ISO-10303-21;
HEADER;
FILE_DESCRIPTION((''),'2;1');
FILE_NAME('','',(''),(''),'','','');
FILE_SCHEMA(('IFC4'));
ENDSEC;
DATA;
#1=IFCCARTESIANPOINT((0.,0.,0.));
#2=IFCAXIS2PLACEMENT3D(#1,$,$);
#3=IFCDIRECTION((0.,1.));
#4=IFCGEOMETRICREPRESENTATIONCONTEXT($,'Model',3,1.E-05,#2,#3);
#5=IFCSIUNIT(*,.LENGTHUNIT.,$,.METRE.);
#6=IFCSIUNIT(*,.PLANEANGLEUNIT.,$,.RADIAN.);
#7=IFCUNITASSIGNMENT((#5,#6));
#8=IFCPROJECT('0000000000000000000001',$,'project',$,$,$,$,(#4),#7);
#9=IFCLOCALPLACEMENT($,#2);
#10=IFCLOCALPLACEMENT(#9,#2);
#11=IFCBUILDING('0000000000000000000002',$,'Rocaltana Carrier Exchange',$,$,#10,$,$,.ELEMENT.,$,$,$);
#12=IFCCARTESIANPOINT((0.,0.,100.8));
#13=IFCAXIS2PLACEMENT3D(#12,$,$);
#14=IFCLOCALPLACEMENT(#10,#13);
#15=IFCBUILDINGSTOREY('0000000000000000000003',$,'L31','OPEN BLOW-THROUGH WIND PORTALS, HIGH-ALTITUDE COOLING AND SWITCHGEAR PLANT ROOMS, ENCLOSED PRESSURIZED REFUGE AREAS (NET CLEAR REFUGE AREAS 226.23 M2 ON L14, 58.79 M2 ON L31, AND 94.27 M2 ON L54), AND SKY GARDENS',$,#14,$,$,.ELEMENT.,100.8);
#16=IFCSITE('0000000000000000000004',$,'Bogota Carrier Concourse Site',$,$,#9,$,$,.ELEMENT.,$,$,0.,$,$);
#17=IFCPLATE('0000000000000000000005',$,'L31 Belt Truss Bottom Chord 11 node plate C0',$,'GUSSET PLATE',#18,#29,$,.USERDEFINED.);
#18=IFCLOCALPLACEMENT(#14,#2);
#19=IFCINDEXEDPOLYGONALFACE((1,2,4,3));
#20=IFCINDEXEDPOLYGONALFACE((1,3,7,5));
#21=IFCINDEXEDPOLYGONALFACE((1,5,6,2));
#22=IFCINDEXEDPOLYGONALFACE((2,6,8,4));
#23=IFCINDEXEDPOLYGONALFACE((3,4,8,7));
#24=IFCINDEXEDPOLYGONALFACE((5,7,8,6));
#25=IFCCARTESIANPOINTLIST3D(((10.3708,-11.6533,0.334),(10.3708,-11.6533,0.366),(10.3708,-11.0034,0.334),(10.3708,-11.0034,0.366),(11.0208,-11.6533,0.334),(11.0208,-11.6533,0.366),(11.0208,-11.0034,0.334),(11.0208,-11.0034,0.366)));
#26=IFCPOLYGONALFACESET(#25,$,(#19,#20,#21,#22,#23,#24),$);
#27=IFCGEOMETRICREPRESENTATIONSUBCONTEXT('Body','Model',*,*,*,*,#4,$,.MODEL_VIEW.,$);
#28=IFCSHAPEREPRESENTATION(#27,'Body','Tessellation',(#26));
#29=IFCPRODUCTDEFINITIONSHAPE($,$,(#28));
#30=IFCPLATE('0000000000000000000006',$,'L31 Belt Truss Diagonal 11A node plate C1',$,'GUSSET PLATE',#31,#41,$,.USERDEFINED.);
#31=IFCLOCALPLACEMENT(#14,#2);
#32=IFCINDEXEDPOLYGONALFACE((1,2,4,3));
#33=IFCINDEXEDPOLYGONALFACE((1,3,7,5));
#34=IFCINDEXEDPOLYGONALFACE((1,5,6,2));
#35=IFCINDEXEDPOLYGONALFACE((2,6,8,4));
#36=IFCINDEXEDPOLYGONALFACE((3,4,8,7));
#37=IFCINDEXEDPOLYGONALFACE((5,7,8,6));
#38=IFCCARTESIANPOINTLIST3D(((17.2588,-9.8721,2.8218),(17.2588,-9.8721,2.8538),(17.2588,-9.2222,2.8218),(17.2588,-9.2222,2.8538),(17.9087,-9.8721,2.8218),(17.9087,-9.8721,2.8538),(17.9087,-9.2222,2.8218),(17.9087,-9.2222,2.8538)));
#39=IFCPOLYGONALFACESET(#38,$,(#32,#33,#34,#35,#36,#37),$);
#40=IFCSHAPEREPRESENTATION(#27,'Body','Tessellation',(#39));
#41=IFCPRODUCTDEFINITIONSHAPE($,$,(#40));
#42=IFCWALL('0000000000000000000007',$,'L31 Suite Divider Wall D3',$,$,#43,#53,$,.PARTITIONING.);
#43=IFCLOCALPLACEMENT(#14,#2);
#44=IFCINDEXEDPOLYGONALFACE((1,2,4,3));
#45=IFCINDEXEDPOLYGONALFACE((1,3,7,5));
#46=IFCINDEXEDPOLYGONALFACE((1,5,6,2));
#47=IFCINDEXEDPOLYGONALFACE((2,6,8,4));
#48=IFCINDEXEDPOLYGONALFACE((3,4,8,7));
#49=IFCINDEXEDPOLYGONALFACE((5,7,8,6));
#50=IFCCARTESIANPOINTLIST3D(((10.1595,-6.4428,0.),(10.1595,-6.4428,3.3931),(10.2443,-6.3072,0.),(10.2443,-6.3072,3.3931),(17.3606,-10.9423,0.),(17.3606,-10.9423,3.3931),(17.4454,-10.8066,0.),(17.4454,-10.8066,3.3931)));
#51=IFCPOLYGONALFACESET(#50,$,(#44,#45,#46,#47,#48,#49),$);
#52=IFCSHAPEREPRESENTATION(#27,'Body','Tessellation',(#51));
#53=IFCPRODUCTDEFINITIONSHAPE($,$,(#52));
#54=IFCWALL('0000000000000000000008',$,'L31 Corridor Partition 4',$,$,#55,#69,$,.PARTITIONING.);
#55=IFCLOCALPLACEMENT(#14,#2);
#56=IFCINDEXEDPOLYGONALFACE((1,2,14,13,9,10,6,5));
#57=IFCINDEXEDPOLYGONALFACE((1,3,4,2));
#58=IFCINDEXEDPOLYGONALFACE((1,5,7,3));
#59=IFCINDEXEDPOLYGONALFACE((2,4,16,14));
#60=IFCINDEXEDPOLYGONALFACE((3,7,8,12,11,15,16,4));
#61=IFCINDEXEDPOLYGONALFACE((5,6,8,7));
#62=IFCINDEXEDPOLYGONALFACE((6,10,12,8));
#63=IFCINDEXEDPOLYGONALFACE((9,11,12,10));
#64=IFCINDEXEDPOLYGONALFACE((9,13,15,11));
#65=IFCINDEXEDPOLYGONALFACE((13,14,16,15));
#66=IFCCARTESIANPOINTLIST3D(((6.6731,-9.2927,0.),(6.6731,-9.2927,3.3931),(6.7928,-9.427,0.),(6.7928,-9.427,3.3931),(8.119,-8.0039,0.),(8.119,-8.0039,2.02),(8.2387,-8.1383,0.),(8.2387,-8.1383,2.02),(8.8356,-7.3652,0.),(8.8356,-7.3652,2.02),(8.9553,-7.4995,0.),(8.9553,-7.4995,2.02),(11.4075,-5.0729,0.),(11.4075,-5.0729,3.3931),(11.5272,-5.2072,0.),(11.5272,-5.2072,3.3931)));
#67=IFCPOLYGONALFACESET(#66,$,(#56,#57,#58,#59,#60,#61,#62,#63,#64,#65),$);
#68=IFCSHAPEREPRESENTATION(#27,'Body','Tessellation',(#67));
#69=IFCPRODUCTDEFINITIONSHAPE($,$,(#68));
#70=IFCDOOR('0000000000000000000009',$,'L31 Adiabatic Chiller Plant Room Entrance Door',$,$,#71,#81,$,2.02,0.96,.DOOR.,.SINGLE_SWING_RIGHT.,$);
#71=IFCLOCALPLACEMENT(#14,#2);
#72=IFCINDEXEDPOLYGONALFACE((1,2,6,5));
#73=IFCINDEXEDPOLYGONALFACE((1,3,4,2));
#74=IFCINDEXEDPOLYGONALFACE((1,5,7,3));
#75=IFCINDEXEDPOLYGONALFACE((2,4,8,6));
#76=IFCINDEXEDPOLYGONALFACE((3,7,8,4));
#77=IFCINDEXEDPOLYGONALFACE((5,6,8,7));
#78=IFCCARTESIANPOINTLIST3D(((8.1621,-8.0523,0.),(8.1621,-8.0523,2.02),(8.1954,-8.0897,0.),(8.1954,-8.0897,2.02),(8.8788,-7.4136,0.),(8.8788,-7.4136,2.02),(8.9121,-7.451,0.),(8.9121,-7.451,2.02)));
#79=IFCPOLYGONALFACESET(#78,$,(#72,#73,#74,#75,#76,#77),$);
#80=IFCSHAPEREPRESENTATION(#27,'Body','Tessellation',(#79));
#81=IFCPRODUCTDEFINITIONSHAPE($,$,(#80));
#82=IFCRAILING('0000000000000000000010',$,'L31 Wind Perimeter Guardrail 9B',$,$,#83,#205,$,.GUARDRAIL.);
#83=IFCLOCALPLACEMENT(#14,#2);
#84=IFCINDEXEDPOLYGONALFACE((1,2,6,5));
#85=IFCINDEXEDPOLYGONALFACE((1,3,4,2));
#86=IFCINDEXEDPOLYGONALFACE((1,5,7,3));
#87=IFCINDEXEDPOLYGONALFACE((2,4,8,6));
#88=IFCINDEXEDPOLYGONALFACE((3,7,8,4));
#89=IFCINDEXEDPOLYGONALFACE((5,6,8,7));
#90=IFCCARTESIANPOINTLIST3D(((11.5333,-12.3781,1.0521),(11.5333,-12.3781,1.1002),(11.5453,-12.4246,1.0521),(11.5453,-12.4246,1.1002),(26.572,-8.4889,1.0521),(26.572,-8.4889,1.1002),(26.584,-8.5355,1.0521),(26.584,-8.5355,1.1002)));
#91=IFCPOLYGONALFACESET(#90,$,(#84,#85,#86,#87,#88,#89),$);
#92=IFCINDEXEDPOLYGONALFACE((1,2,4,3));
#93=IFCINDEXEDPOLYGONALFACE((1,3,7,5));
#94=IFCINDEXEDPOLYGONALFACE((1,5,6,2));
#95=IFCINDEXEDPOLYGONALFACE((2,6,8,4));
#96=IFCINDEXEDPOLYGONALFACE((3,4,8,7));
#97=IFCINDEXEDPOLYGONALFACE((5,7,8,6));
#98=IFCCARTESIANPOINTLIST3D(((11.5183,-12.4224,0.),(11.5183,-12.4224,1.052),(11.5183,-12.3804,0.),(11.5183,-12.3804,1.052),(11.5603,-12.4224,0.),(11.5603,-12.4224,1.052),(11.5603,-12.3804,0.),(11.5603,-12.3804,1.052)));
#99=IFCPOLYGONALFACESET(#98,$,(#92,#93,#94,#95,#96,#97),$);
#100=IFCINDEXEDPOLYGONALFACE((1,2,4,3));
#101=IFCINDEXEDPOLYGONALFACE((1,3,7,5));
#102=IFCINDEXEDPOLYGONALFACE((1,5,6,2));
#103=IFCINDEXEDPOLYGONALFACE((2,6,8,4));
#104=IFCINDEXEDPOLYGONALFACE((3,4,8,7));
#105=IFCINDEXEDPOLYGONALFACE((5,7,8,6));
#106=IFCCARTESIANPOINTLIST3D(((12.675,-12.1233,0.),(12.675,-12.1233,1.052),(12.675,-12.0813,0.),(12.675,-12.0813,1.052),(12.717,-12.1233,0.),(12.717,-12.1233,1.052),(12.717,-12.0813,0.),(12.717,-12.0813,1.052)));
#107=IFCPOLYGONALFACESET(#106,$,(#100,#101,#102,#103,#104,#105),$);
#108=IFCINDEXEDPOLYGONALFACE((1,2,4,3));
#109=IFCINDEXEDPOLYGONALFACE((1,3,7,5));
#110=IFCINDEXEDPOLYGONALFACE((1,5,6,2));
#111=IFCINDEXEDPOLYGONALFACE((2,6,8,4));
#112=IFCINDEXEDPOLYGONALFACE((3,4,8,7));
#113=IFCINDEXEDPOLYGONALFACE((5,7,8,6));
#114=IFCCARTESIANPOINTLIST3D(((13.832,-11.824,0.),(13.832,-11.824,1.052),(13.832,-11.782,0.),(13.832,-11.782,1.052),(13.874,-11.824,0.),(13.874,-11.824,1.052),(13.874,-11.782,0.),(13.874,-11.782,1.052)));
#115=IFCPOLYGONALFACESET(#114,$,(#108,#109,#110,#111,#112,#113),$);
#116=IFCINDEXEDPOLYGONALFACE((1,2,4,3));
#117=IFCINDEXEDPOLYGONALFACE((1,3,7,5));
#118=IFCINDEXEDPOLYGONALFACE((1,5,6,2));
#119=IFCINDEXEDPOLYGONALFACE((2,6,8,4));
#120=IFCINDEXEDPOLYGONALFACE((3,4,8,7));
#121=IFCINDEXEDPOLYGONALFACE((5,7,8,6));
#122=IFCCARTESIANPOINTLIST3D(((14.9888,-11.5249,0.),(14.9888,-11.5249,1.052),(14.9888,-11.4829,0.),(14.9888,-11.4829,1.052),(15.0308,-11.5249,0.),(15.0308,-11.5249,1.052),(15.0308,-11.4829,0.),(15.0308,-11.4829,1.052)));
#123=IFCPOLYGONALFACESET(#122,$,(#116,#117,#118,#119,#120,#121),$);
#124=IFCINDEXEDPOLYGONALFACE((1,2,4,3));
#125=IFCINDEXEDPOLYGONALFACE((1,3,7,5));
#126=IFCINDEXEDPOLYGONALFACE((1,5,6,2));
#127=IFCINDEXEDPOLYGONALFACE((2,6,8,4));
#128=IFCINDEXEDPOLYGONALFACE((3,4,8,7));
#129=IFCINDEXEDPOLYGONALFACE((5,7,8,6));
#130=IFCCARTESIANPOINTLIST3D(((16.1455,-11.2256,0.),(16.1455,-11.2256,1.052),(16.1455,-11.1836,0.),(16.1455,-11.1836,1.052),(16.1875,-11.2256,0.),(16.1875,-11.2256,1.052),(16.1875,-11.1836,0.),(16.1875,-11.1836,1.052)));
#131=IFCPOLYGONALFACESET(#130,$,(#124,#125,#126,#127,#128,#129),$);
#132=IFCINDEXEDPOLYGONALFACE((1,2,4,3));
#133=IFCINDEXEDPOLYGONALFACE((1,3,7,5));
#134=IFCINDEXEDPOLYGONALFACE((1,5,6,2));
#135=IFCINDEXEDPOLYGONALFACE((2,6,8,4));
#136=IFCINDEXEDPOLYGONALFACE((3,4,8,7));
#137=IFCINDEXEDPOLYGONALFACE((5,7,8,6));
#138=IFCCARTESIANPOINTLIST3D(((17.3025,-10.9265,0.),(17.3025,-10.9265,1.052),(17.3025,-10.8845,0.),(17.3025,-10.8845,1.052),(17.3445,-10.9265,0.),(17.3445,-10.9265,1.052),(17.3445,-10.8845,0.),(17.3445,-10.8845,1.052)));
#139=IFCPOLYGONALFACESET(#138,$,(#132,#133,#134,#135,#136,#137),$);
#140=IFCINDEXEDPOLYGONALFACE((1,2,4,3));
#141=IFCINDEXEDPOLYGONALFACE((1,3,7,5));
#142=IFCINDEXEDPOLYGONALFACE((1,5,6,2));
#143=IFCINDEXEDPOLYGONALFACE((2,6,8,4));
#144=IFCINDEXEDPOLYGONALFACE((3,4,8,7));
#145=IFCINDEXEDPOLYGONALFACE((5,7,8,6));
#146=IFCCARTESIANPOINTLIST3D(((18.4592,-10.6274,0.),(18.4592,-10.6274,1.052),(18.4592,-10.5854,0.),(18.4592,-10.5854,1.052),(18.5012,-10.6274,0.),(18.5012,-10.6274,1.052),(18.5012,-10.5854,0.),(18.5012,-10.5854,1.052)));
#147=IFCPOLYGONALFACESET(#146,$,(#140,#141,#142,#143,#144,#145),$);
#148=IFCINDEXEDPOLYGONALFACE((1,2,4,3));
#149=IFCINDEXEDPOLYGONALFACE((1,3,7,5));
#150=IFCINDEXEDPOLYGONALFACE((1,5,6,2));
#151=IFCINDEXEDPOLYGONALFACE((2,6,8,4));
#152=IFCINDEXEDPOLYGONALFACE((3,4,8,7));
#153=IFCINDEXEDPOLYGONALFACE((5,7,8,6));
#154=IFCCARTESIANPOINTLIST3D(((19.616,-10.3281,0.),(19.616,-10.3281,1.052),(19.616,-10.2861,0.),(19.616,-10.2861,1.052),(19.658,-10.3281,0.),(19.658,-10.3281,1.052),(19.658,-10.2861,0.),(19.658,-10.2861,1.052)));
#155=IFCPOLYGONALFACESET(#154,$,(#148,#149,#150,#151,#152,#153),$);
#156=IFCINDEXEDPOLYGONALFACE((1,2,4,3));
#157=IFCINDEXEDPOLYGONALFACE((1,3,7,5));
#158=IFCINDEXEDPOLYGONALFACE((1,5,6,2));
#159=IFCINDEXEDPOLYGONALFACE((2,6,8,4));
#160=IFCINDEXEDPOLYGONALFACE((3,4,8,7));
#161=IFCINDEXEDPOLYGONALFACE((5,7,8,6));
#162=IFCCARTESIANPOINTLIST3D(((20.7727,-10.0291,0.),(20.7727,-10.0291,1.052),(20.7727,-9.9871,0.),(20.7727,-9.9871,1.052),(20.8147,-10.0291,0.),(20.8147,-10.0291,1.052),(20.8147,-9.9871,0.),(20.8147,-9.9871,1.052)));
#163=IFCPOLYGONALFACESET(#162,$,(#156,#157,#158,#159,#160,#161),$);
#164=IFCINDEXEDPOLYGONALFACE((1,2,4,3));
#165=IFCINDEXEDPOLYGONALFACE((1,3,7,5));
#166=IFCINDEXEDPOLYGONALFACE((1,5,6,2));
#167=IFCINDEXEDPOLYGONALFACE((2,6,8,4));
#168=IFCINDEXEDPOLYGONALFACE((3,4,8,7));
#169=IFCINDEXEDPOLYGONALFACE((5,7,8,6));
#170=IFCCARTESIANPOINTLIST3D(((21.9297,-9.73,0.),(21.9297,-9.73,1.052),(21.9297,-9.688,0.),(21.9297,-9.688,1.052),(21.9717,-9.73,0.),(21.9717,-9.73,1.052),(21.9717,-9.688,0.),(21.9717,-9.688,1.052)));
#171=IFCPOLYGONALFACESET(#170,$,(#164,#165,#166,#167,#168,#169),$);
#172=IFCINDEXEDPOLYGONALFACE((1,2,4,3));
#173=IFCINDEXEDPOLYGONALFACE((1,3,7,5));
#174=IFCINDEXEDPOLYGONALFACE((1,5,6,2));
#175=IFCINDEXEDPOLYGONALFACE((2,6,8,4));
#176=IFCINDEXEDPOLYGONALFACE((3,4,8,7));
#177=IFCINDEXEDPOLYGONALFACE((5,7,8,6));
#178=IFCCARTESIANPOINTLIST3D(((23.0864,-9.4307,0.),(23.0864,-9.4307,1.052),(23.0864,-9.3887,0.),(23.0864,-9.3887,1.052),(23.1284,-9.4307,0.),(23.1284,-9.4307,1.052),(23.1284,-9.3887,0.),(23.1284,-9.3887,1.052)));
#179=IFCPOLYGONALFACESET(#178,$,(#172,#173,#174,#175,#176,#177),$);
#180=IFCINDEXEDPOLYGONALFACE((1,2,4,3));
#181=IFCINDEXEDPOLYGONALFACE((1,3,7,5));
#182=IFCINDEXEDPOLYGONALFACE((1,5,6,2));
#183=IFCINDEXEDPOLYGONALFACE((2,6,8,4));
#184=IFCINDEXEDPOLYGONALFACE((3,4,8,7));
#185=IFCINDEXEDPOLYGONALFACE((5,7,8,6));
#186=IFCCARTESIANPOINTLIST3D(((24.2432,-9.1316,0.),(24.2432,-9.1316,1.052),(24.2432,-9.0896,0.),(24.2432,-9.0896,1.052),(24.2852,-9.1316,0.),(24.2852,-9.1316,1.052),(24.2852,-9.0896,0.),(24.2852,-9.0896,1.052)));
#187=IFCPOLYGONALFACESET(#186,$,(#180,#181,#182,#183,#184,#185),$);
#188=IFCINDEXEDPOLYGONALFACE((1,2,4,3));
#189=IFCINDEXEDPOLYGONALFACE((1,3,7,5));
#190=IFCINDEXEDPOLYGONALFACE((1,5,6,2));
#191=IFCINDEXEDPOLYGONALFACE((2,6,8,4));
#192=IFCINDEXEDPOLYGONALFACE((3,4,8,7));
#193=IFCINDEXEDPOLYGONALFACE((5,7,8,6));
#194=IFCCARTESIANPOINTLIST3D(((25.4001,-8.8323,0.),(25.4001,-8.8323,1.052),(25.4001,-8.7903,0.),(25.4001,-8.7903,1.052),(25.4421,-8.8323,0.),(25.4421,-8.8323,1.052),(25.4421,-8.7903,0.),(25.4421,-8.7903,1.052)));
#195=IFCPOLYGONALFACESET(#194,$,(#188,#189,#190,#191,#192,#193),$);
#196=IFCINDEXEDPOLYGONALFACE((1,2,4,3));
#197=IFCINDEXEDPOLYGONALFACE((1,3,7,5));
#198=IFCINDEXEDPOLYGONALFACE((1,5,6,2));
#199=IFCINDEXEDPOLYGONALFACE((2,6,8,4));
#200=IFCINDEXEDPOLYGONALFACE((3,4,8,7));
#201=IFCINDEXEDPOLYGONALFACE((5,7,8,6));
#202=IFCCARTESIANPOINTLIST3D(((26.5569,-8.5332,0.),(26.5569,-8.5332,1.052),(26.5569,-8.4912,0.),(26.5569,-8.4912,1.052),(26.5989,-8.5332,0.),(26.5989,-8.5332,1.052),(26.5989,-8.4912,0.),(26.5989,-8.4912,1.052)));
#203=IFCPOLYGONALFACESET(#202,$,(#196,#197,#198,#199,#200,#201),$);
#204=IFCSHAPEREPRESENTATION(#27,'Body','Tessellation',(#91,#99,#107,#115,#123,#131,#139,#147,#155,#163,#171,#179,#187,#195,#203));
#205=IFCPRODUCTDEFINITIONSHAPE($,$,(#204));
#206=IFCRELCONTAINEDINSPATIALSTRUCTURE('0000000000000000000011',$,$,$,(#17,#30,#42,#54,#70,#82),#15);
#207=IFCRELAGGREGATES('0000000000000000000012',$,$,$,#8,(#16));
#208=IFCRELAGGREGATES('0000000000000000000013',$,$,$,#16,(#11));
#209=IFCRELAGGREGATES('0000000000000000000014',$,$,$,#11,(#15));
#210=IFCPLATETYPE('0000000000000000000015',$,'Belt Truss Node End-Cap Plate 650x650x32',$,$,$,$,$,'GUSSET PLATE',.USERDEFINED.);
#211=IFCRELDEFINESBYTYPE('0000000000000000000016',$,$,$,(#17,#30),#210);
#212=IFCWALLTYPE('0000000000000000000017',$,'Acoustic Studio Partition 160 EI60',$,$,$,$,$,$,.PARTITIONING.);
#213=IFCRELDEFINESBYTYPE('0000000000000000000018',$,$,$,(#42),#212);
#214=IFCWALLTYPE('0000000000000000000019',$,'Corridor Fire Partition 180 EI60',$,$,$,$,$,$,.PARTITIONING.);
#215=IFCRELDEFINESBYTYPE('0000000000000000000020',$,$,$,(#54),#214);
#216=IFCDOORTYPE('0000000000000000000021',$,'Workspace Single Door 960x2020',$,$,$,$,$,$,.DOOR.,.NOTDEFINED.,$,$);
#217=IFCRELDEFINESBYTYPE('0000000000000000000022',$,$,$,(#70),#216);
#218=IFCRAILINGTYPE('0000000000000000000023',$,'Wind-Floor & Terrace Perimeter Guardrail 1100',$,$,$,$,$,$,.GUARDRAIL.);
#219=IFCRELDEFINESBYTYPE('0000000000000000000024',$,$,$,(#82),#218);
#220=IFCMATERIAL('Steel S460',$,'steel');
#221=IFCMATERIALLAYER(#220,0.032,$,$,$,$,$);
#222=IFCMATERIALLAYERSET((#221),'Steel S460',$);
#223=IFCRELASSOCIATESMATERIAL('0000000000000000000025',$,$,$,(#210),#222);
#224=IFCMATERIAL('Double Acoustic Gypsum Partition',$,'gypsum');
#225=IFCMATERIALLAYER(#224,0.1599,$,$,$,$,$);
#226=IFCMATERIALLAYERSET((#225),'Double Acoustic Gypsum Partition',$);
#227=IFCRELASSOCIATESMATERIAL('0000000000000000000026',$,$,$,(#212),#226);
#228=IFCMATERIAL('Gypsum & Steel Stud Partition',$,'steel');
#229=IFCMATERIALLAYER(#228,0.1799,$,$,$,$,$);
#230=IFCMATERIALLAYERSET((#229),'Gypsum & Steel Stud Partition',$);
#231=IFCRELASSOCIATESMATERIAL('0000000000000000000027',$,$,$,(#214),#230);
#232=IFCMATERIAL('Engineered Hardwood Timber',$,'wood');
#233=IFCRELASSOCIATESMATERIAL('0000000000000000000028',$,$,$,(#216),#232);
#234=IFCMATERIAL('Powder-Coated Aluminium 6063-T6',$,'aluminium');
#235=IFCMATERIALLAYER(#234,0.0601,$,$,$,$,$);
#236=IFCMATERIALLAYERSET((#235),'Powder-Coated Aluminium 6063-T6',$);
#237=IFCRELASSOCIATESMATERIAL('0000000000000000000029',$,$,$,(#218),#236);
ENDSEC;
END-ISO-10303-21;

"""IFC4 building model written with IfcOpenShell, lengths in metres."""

from ifc_helpers import new_model, si_unit, direction, frame, frame_2d, origin, origin_2d, place, context, subcontext, project, spatial, rectangle, extrude, material, layer, layer_set, type_object, element, fill, save


model = new_model("IFC4")

# Units and contexts
model_context = context("Model", 3, precision=1e-05, world=origin(), true_north=direction((0.0, 1.0)))
body_context = subcontext(model_context, "Body", "Model", "MODEL_VIEW")
ifc_project = project(units=[si_unit("LENGTHUNIT", "METRE"), si_unit("PLANEANGLEUNIT", "RADIAN")], contexts=[model_context])

# Site, building, storey
site_placement = place(None, origin())
site = spatial("IfcSite", under=ifc_project, at=site_placement, Name="Bogota Carrier Concourse Site", CompositionType="ELEMENT", RefElevation=0.0)
building_placement = place(site_placement, origin())
building = spatial("IfcBuilding", under=site, at=building_placement, Name="Rocaltana Carrier Exchange", CompositionType="ELEMENT")
storey_placement = place(building_placement, frame((0.0, 0.0, 100.8)))
storey = spatial("IfcBuildingStorey", under=building, at=storey_placement, Name="L31", Description="OPEN BLOW-THROUGH WIND PORTALS, HIGH-ALTITUDE COOLING AND SWITCHGEAR PLANT ROOMS, ENCLOSED PRESSURIZED REFUGE AREAS (NET CLEAR REFUGE AREAS 226.23 M2 ON L14, 58.79 M2 ON L31, AND 94.27 M2 ON L54), AND SKY GARDENS", CompositionType="ELEMENT", Elevation=100.8)

# Plates
ifc_material_1 = material(Name="Steel S460", Category="steel")
ifc_layer_1 = layer(ifc_material_1, 0.032)
ifc_layer_set_1 = layer_set([ifc_layer_1], Name="Steel S460")
plate_type = type_object("IfcPlateType", Name="Belt Truss Node End-Cap Plate 650x650x32", ElementType="GUSSET PLATE", PredefinedType="USERDEFINED", material=ifc_layer_set_1)
for number, where, z_axis, x_axis, name in (
    (1, (10.6958, -11.3284, 0.334), (0.0, 0.0, 1.0), (1.0, 0.0, 0.0), "L31 Belt Truss Bottom Chord 11 node plate C0"),
    (2, (17.5837, -9.5471, 2.8218), (0.0, 0.0, 1.0), (1.0, 0.0, 0.0), "L31 Belt Truss Diagonal 11A node plate C1"),
):
    element("IfcPlate", number, at=place(storey_placement, frame(where, z_axis=z_axis, x_axis=x_axis)), inside=storey, type_object=plate_type, Name=name, ObjectType="GUSSET PLATE", PredefinedType="USERDEFINED", context=body_context, shape_type="SweptSolid", body=[
        extrude(rectangle(XDim=0.6499, YDim=0.6499, at=origin_2d()), origin(), (0.0, 0.0, 1.0), 0.032),
    ])

# Wall
ifc_material_2 = material(Name="Double Acoustic Gypsum Partition", Category="gypsum")
ifc_layer_2 = layer(ifc_material_2, 0.1599)
ifc_layer_set_2 = layer_set([ifc_layer_2], Name="Double Acoustic Gypsum Partition")
wall_type_1 = type_object("IfcWallType", Name="Acoustic Studio Partition 160 EI60", PredefinedType="PARTITIONING", material=ifc_layer_set_2)
wall_1_placement = place(storey_placement, frame((10.2019, -6.375, 0.0), z_axis=(0.0, 0.0, 1.0), x_axis=(0.848063, -0.529896, 0.0)))
element("IfcWall", 3, at=wall_1_placement, inside=storey, type_object=wall_type_1, Name="L31 Suite Divider Wall D3", PredefinedType="PARTITIONING", context=body_context, shape_type="SweptSolid", body=[
    extrude(rectangle(XDim=8.4912, YDim=0.1599, at=frame_2d((4.2456, 0.0))), origin(), (0.0, 0.0, 1.0), 3.3931),
])

# Wall, opening, door
ifc_material_3 = material(Name="Gypsum & Steel Stud Partition", Category="steel")
ifc_layer_3 = layer(ifc_material_3, 0.1799)
ifc_layer_set_3 = layer_set([ifc_layer_3], Name="Gypsum & Steel Stud Partition")
wall_type_2 = type_object("IfcWallType", Name="Corridor Fire Partition 180 EI60", PredefinedType="PARTITIONING", material=ifc_layer_set_3)
wall_2_placement = place(storey_placement, frame((11.4673, -5.1401, 0.0), z_axis=(0.0, 0.0, 1.0), x_axis=(-0.746517, -0.665367, 0.0)))
wall_2 = element("IfcWall", 4, at=wall_2_placement, inside=storey, type_object=wall_type_2, Name="L31 Corridor Partition 4", PredefinedType="PARTITIONING", context=body_context, shape_type="SweptSolid", body=[
    extrude(rectangle(XDim=6.342, YDim=0.1799, at=frame_2d((3.1709, 0.0))), origin(), (0.0, 0.0, 1.0), 3.3931),
])
opening_placement = place(wall_2_placement, frame((3.4451, 0.0, 0.0)))
opening = element("IfcOpeningElement", 5, at=opening_placement, cuts=wall_2, PredefinedType="OPENING", context=body_context, shape_type="SweptSolid", body=[
    extrude(rectangle(XDim=0.96, YDim=2.02, at=frame_2d((0.48, 1.01))), frame((0.0, 0.0999, 0.0), z_axis=(0.0, -1.0, 0.0), x_axis=(1.0, 0.0, 0.0)), (0.0, 0.0, 1.0), 0.2),
])
ifc_material_4 = material(Name="Engineered Hardwood Timber", Category="wood")
door_type = type_object("IfcDoorType", Name="Workspace Single Door 960x2020", OperationType="NOTDEFINED", PredefinedType="DOOR", material=ifc_material_4)
door_placement = place(opening_placement, origin())
door = element("IfcDoor", 6, at=door_placement, inside=storey, type_object=door_type, Name="L31 Adiabatic Chiller Plant Room Entrance Door", OperationType="SINGLE_SWING_RIGHT", OverallHeight=2.02, OverallWidth=0.96, PredefinedType="DOOR", context=body_context, shape_type="SweptSolid", body=[
    extrude(rectangle(XDim=0.96, YDim=2.02, at=frame_2d((0.48, 1.01))), frame((0.0, 0.0249, 0.0), z_axis=(0.0, -1.0, 0.0), x_axis=(1.0, 0.0, 0.0)), (0.0, 0.0, 1.0), 0.05),
])
fill(opening, door)

# Railing
ifc_material_5 = material(Name="Powder-Coated Aluminium 6063-T6", Category="aluminium")
ifc_layer_4 = layer(ifc_material_5, 0.0601)
ifc_layer_set_4 = layer_set([ifc_layer_4], Name="Powder-Coated Aluminium 6063-T6")
railing_type = type_object("IfcRailingType", Name="Wind-Floor & Terrace Perimeter Guardrail 1100", PredefinedType="GUARDRAIL", material=ifc_layer_set_4)
railing_placement = place(storey_placement, frame((11.5393, -12.4014, 0.0)))
element("IfcRailing", 7, at=railing_placement, inside=storey, type_object=railing_type, Name="L31 Wind Perimeter Guardrail 9B", PredefinedType="GUARDRAIL", context=body_context, shape_type="SweptSolid", body=[
    extrude(rectangle(XDim=0.0481, YDim=0.0481, at=origin_2d()), frame((0.0, 0.0, 1.0762), z_axis=(0.968149, 0.250375, 0.0), x_axis=(-0.250375, 0.968149, 0.0)), (0.0, 0.0, 1.0), 15.5334),
    extrude(rectangle(XDim=0.042, YDim=0.042, at=origin_2d()), origin(), (0.0, 0.0, 1.0), 1.052),
    extrude(rectangle(XDim=0.042, YDim=0.042, at=origin_2d()), frame((1.1567, 0.2991, 0.0)), (0.0, 0.0, 1.0), 1.052),
    extrude(rectangle(XDim=0.042, YDim=0.042, at=origin_2d()), frame((2.3137, 0.5984, 0.0)), (0.0, 0.0, 1.0), 1.052),
    extrude(rectangle(XDim=0.042, YDim=0.042, at=origin_2d()), frame((3.4705, 0.8975, 0.0)), (0.0, 0.0, 1.0), 1.052),
    extrude(rectangle(XDim=0.042, YDim=0.042, at=origin_2d()), frame((4.6272, 1.1968, 0.0)), (0.0, 0.0, 1.0), 1.052),
    extrude(rectangle(XDim=0.042, YDim=0.042, at=origin_2d()), frame((5.7842, 1.4958, 0.0)), (0.0, 0.0, 1.0), 1.052),
    extrude(rectangle(XDim=0.042, YDim=0.042, at=origin_2d()), frame((6.9409, 1.7949, 0.0)), (0.0, 0.0, 1.0), 1.052),
    extrude(rectangle(XDim=0.042, YDim=0.042, at=origin_2d()), frame((8.0977, 2.0942, 0.0)), (0.0, 0.0, 1.0), 1.052),
    extrude(rectangle(XDim=0.042, YDim=0.042, at=origin_2d()), frame((9.2544, 2.3933, 0.0)), (0.0, 0.0, 1.0), 1.052),
    extrude(rectangle(XDim=0.042, YDim=0.042, at=origin_2d()), frame((10.4114, 2.6924, 0.0)), (0.0, 0.0, 1.0), 1.052),
    extrude(rectangle(XDim=0.042, YDim=0.042, at=origin_2d()), frame((11.5681, 2.9917, 0.0)), (0.0, 0.0, 1.0), 1.052),
    extrude(rectangle(XDim=0.042, YDim=0.042, at=origin_2d()), frame((12.7249, 3.2908, 0.0)), (0.0, 0.0, 1.0), 1.052),
    extrude(rectangle(XDim=0.042, YDim=0.042, at=origin_2d()), frame((13.8818, 3.5901, 0.0)), (0.0, 0.0, 1.0), 1.052),
    extrude(rectangle(XDim=0.042, YDim=0.042, at=origin_2d()), frame((15.0386, 3.8892, 0.0)), (0.0, 0.0, 1.0), 1.052),
])

save(model, "model.ifc")
